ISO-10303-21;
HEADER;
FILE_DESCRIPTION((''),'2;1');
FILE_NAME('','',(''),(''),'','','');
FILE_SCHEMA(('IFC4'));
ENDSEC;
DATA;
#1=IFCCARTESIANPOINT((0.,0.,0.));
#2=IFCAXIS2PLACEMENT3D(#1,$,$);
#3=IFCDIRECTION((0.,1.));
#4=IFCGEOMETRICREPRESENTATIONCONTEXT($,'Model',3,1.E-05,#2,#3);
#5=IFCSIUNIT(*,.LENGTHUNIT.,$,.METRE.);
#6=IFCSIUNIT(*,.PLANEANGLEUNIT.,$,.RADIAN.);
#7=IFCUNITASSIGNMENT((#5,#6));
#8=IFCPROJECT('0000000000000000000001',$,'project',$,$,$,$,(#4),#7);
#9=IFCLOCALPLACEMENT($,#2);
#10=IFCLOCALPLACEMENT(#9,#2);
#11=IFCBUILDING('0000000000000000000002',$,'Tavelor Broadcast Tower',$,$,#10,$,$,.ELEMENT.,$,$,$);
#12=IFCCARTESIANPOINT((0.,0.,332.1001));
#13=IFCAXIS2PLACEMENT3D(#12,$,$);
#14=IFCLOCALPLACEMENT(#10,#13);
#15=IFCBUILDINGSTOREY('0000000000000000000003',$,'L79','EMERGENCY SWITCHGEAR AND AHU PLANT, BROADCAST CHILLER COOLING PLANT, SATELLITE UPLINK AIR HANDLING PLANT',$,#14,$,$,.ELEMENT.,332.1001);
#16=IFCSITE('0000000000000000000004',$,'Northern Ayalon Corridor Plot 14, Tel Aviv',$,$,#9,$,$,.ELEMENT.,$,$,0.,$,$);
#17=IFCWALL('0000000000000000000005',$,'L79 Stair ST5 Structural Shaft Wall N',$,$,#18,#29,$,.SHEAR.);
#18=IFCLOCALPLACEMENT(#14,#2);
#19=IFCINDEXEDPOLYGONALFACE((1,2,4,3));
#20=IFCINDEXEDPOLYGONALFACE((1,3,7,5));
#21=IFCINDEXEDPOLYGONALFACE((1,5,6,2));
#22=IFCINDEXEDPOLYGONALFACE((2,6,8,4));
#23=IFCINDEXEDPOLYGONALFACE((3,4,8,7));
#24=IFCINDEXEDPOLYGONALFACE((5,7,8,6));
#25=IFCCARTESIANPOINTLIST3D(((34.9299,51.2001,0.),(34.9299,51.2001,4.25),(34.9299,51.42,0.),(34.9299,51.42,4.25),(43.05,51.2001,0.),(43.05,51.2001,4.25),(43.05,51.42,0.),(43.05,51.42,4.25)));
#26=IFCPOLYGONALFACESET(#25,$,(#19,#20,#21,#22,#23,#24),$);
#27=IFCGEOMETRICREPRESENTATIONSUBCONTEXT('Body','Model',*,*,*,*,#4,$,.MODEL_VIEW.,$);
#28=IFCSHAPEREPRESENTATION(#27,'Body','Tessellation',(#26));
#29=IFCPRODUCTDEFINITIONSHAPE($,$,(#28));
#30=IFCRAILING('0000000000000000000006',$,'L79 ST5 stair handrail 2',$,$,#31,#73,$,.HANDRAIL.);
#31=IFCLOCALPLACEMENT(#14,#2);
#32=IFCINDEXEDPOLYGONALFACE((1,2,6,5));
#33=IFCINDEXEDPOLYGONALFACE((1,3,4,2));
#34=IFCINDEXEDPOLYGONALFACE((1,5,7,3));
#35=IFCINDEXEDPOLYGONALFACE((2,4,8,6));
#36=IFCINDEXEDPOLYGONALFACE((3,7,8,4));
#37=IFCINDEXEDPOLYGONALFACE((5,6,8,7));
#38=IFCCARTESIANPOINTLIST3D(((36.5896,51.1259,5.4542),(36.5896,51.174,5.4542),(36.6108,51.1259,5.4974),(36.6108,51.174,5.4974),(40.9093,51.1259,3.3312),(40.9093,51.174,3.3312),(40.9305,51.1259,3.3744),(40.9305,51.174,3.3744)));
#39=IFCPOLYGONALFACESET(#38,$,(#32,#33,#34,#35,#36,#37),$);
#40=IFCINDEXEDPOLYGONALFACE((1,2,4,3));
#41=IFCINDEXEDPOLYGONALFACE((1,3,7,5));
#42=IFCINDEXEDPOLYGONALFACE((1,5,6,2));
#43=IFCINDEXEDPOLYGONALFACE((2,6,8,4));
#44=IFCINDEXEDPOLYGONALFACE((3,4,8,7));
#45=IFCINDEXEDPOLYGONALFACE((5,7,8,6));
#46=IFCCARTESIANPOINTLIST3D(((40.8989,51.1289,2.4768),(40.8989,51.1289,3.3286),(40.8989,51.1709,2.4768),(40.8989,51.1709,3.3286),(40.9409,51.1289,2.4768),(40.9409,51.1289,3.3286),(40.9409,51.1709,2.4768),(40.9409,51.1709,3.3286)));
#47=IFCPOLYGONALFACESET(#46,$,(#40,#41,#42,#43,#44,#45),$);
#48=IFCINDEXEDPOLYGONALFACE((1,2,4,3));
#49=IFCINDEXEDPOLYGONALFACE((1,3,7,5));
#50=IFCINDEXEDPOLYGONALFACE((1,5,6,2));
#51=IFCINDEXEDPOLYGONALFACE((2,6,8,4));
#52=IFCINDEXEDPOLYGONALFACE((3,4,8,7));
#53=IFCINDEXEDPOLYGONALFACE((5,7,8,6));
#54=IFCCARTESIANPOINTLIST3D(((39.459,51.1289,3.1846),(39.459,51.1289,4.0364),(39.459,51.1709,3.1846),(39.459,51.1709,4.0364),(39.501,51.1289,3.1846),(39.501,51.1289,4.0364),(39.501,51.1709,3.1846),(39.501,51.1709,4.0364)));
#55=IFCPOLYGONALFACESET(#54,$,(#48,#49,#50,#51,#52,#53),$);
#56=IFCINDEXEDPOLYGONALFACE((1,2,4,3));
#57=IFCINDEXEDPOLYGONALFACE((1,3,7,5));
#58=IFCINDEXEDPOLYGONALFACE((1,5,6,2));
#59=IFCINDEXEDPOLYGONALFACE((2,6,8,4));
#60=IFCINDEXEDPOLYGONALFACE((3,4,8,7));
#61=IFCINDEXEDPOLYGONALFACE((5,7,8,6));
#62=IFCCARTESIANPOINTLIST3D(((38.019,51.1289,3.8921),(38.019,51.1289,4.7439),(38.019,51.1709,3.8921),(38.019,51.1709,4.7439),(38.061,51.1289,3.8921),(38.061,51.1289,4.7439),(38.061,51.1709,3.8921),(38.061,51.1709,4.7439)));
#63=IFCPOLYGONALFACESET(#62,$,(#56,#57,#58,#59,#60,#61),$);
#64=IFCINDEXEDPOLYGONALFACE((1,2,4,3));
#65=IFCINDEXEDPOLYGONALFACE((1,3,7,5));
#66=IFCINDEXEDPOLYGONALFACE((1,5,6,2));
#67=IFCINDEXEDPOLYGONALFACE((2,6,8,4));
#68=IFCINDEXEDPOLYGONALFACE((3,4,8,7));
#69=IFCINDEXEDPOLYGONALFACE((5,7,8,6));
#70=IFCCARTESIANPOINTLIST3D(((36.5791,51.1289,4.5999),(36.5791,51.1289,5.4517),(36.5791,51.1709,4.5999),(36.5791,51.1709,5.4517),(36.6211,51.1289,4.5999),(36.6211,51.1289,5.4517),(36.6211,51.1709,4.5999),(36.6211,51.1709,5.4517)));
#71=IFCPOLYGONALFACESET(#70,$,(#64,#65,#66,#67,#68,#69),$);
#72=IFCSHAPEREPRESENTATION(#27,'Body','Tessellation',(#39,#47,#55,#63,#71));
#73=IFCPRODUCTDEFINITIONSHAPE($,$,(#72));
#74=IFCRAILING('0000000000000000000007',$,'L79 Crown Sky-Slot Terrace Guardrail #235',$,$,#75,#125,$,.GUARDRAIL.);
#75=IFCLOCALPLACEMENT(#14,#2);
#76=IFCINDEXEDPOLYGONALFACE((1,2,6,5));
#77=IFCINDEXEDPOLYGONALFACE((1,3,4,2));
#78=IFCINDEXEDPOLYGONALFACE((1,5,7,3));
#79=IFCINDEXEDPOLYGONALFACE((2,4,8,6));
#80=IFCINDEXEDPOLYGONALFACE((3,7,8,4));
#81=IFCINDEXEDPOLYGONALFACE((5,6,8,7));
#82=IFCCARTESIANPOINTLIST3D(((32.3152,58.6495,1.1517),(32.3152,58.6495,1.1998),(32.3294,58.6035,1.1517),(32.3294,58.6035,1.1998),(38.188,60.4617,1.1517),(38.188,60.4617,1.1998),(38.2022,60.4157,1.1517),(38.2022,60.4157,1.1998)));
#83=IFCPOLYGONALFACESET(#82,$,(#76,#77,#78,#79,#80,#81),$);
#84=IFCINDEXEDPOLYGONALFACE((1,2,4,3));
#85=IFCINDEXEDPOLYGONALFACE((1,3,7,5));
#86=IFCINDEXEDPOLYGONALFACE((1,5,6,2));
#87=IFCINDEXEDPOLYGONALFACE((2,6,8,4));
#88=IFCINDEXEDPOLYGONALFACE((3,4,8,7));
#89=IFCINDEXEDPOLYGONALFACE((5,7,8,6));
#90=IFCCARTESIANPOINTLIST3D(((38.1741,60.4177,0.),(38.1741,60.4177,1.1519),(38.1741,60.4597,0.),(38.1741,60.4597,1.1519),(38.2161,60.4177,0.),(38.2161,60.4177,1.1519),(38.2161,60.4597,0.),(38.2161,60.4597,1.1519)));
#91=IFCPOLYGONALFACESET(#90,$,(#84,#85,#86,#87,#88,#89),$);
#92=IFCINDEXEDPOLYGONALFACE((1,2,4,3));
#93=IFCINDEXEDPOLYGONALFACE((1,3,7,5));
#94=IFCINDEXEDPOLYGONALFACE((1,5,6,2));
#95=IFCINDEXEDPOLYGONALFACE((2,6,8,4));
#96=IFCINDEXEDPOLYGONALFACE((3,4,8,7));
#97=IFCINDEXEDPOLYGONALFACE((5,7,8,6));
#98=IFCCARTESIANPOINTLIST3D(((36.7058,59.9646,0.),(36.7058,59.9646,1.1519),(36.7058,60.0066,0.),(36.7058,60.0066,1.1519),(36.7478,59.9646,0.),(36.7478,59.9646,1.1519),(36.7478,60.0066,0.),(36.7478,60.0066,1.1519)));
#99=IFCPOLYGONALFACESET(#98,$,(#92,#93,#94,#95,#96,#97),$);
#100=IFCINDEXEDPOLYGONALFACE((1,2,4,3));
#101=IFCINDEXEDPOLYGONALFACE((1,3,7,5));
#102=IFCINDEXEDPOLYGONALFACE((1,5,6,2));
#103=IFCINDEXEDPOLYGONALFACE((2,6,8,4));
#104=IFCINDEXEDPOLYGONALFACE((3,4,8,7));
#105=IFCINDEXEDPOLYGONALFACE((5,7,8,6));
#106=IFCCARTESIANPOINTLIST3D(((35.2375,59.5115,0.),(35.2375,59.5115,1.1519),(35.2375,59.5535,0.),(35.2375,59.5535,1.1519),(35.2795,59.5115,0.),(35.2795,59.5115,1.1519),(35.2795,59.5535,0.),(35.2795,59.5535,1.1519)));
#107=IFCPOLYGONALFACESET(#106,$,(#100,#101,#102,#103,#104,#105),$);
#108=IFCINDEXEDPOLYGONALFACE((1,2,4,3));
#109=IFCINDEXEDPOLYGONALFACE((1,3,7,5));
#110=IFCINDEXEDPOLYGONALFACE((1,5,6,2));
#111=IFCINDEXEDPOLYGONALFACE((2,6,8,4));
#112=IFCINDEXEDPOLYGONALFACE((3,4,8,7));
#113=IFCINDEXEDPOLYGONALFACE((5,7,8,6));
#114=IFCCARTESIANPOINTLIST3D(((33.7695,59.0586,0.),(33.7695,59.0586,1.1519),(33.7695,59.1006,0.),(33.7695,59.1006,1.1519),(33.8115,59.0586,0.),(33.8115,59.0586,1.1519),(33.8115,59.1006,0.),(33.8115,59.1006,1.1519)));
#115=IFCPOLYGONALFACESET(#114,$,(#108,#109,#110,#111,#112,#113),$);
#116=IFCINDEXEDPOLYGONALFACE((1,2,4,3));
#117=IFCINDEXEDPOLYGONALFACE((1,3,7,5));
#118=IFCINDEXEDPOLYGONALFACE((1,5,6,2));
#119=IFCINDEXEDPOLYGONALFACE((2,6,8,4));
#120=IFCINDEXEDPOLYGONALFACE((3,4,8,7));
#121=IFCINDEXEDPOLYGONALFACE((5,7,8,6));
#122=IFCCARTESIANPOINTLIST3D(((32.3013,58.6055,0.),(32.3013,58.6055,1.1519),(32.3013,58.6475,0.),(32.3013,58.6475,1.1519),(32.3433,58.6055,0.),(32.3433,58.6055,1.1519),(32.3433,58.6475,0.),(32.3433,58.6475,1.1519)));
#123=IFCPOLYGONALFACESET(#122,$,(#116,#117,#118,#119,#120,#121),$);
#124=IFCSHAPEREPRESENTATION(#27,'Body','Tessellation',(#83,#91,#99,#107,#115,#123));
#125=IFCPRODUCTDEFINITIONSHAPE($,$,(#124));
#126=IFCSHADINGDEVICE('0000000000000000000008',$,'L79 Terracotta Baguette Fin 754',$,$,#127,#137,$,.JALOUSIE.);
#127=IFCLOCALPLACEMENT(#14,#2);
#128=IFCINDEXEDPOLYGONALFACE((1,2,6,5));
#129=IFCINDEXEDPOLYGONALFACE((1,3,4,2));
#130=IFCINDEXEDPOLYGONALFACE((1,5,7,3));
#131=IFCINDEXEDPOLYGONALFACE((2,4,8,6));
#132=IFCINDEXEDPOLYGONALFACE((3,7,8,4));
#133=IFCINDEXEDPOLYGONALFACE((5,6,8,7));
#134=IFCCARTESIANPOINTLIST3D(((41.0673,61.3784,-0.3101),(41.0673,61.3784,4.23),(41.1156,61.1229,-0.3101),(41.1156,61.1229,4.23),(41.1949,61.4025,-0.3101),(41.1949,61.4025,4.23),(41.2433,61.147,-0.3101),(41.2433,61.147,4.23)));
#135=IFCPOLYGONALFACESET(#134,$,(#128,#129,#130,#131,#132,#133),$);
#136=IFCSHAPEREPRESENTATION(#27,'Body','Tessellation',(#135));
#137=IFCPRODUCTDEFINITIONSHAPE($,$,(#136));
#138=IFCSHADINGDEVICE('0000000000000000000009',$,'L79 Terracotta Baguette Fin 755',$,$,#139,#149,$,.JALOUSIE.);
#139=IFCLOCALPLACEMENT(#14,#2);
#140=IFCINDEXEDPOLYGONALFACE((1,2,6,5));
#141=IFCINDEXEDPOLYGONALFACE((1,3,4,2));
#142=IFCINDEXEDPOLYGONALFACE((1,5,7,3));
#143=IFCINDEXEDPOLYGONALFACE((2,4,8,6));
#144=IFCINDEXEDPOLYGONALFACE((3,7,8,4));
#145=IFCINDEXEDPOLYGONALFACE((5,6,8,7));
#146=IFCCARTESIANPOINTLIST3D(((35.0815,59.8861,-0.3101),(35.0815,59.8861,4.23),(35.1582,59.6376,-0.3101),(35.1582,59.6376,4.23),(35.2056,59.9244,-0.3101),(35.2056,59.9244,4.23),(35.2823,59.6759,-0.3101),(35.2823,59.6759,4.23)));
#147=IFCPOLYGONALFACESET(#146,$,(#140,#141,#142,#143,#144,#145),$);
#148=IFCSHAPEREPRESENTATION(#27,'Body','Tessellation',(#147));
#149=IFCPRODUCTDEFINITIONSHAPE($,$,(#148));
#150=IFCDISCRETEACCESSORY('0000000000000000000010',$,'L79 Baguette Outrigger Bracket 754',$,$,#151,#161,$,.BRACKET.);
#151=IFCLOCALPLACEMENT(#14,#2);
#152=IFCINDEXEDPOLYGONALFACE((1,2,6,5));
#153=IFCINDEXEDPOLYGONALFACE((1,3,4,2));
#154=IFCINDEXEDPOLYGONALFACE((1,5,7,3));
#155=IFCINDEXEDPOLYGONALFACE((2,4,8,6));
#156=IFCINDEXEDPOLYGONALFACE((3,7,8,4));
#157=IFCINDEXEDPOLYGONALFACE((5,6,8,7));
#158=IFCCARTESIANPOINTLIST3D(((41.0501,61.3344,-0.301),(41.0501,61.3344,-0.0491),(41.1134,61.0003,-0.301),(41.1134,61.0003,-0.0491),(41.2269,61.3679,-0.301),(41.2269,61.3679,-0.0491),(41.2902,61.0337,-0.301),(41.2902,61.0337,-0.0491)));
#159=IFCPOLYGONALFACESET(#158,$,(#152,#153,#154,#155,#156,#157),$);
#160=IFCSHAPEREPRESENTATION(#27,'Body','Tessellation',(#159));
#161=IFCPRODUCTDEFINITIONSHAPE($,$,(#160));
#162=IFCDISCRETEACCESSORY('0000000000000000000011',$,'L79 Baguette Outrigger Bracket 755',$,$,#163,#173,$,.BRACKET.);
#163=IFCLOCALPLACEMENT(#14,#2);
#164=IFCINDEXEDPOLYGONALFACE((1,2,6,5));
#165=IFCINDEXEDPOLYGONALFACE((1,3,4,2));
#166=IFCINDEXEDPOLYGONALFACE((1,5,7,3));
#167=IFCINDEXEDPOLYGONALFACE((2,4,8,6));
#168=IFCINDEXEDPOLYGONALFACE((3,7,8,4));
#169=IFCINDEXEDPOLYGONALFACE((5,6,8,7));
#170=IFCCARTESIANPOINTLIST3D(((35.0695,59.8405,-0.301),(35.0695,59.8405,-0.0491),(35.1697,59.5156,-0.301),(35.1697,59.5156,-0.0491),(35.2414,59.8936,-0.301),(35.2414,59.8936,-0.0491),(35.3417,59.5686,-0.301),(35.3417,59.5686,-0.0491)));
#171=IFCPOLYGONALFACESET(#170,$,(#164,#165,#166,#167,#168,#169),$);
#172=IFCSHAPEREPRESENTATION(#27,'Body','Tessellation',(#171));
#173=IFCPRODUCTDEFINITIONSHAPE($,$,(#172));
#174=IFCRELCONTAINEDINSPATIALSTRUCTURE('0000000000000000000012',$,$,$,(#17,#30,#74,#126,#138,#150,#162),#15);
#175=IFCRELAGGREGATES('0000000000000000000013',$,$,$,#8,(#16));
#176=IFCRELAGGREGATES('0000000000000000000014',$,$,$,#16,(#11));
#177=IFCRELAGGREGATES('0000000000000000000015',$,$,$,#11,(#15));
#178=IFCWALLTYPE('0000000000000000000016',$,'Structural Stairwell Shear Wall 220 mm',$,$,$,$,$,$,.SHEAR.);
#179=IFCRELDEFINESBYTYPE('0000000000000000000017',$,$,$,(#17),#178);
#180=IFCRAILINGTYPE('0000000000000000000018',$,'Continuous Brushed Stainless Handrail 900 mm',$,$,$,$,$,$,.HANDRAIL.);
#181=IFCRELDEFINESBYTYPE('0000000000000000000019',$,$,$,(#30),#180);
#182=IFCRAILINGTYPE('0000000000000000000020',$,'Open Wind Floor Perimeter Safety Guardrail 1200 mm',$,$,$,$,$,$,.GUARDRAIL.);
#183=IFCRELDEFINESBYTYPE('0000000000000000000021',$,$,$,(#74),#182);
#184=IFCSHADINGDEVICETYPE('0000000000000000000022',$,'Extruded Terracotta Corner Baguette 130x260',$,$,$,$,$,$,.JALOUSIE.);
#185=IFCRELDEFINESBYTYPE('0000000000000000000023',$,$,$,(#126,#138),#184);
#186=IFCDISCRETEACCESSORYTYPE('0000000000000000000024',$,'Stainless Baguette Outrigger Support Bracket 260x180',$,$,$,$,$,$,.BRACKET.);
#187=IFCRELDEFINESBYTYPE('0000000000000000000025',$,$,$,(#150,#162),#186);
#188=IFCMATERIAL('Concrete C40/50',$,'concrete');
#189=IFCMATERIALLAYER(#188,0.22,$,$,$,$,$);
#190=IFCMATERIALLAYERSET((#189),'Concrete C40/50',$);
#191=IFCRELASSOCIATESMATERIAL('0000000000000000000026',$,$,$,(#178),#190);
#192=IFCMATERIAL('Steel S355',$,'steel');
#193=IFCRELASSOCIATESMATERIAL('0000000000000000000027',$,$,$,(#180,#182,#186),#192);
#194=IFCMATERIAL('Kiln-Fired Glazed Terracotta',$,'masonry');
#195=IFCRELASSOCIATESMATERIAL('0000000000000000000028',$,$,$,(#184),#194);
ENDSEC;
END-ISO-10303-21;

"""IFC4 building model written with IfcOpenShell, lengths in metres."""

from ifc_helpers import new_model, si_unit, direction, frame, frame_2d, origin, origin_2d, place, context, subcontext, project, spatial, rectangle, extrude, source, transform, mapped, material, layer, layer_set, type_object, type_shapes, element, save


model = new_model("IFC4")

# Units and contexts
model_context = context("Model", 3, precision=1e-05, world=origin(), true_north=direction((0.0, 1.0)))
body_context = subcontext(model_context, "Body", "Model", "MODEL_VIEW")
ifc_project = project(units=[si_unit("LENGTHUNIT", "METRE"), si_unit("PLANEANGLEUNIT", "RADIAN")], contexts=[model_context])

# Site, building, storey
site_placement = place(None, origin())
site = spatial("IfcSite", under=ifc_project, at=site_placement, Name="Northern Ayalon Corridor Plot 14, Tel Aviv", CompositionType="ELEMENT", RefElevation=0.0)
building_placement = place(site_placement, origin())
building = spatial("IfcBuilding", under=site, at=building_placement, Name="Tavelor Broadcast Tower", CompositionType="ELEMENT")
storey_placement = place(building_placement, frame((0.0, 0.0, 332.1001)))
storey = spatial("IfcBuildingStorey", under=building, at=storey_placement, Name="L79", Description="EMERGENCY SWITCHGEAR AND AHU PLANT, BROADCAST CHILLER COOLING PLANT, SATELLITE UPLINK AIR HANDLING PLANT", CompositionType="ELEMENT", Elevation=332.1001)

# Shared definitions
ifc_material_1 = material(Name="Steel S355", Category="steel")

# Wall
ifc_material_2 = material(Name="Concrete C40/50", Category="concrete")
ifc_layer_1 = layer(ifc_material_2, 0.22)
ifc_layer_set_1 = layer_set([ifc_layer_1], Name="Concrete C40/50")
wall_type = type_object("IfcWallType", Name="Structural Stairwell Shear Wall 220 mm", PredefinedType="SHEAR", material=ifc_layer_set_1)
wall_placement = place(storey_placement, frame((34.9299, 51.3101, 0.0), z_axis=(0.0, 0.0, 1.0), x_axis=(1.0, 0.0, 0.0)))
element("IfcWall", 1, at=wall_placement, inside=storey, type_object=wall_type, Name="L79 Stair ST5 Structural Shaft Wall N", PredefinedType="SHEAR", context=body_context, shape_type="SweptSolid", body=[
    extrude(rectangle(XDim=8.1201, YDim=0.22, at=frame_2d((4.0601, 0.0))), origin(), (0.0, 0.0, 1.0), 4.25),
])

# Railings
railing_type_1 = type_object("IfcRailingType", Name="Continuous Brushed Stainless Handrail 900 mm", PredefinedType="HANDRAIL", material=ifc_material_1)
railing_1_placement = place(storey_placement, frame((40.9199, 51.1499, 2.4768)))
element("IfcRailing", 2, at=railing_1_placement, inside=storey, type_object=railing_type_1, Name="L79 ST5 stair handrail 2", PredefinedType="HANDRAIL", context=body_context, shape_type="SweptSolid", body=[
    extrude(rectangle(XDim=0.0481, YDim=0.0481, at=origin_2d()), frame((0.0, 0.0, 0.876), z_axis=(-0.89747, 0.0, 0.441076), x_axis=(0.0, -1.0, 0.0)), (0.0, 0.0, 1.0), 4.8132),
    extrude(rectangle(XDim=0.042, YDim=0.042, at=origin_2d()), origin(), (0.0, 0.0, 1.0), 0.8518),
    extrude(rectangle(XDim=0.042, YDim=0.042, at=origin_2d()), frame((-1.4399, 0.0, 0.7078)), (0.0, 0.0, 1.0), 0.8518),
    extrude(rectangle(XDim=0.042, YDim=0.042, at=origin_2d()), frame((-2.8799, 0.0, 1.4153)), (0.0, 0.0, 1.0), 0.8518),
    extrude(rectangle(XDim=0.042, YDim=0.042, at=origin_2d()), frame((-4.3198, 0.0, 2.123)), (0.0, 0.0, 1.0), 0.8518),
])
railing_type_2 = type_object("IfcRailingType", Name="Open Wind Floor Perimeter Safety Guardrail 1200 mm", PredefinedType="GUARDRAIL", material=ifc_material_1)
railing_2_placement = place(storey_placement, frame((38.1951, 60.4387, 0.0)))
element("IfcRailing", 3, at=railing_2_placement, inside=storey, type_object=railing_type_2, Name="L79 Crown Sky-Slot Terrace Guardrail #235", PredefinedType="GUARDRAIL", context=body_context, shape_type="SweptSolid", body=[
    extrude(rectangle(XDim=0.0481, YDim=0.0481, at=origin_2d()), frame((0.0, 0.0, 1.1758), z_axis=(-0.955539, -0.294865, 0.0), x_axis=(0.294865, -0.955539, 0.0)), (0.0, 0.0, 1.0), 6.146),
    extrude(rectangle(XDim=0.042, YDim=0.042, at=origin_2d()), origin(), (0.0, 0.0, 1.0), 1.1519),
    extrude(rectangle(XDim=0.042, YDim=0.042, at=origin_2d()), frame((-1.4683, -0.4531, 0.0)), (0.0, 0.0, 1.0), 1.1519),
    extrude(rectangle(XDim=0.042, YDim=0.042, at=origin_2d()), frame((-2.9365, -0.9062, 0.0)), (0.0, 0.0, 1.0), 1.1519),
    extrude(rectangle(XDim=0.042, YDim=0.042, at=origin_2d()), frame((-4.4045, -1.3591, 0.0)), (0.0, 0.0, 1.0), 1.1519),
    extrude(rectangle(XDim=0.042, YDim=0.042, at=origin_2d()), frame((-5.8728, -1.8123, 0.0)), (0.0, 0.0, 1.0), 1.1519),
])

# Shading devices
ifc_material_3 = material(Name="Kiln-Fired Glazed Terracotta", Category="masonry")
shading_device_type = type_object("IfcShadingDeviceType", Name="Extruded Terracotta Corner Baguette 130x260", PredefinedType="JALOUSIE", material=ifc_material_3)
shared_shape_1 = source(origin(), body_context, "Body", "SweptSolid", [
    extrude(rectangle(XDim=0.1299, YDim=0.26, at=origin_2d()), origin(), (0.0, 0.0, 1.0), 4.54),
])
type_shapes(shading_device_type, [shared_shape_1])
for number, where, z_axis, x_axis, name in (
    (4, (41.1553, 61.2627, -0.3101), (0.0, 0.0, 1.0), (-0.982548, -0.18601, 0.0), "L79 Terracotta Baguette Fin 754"),
    (5, (35.1819, 59.781, -0.3101), (0.0, 0.0, 1.0), (-0.955536, -0.294874, 0.0), "L79 Terracotta Baguette Fin 755"),
):
    element("IfcShadingDevice", number, at=place(storey_placement, frame(where, z_axis=z_axis, x_axis=x_axis)), inside=storey, type_object=shading_device_type, Name=name, PredefinedType="JALOUSIE", context=body_context, shape_type="MappedRepresentation", body=[
        mapped(shared_shape_1, transform((0.0, 0.0, 0.0), scale=1.0)),
    ])

# Discrete accessories
discrete_accessory_type = type_object("IfcDiscreteAccessoryType", Name="Stainless Baguette Outrigger Support Bracket 260x180", PredefinedType="BRACKET", material=ifc_material_1)
shared_shape_2 = source(origin(), body_context, "Body", "SweptSolid", [
    extrude(rectangle(XDim=0.1799, YDim=0.3401, at=origin_2d()), origin(), (0.0, 0.0, 1.0), 0.252),
])
type_shapes(discrete_accessory_type, [shared_shape_2])
for number, where, z_axis, x_axis, name in (
    (6, (41.1702, 61.1841, -0.301), (0.0, 0.0, 1.0), (-0.982548, -0.18601, 0.0), "L79 Baguette Outrigger Bracket 754"),
    (7, (35.2056, 59.7046, -0.301), (0.0, 0.0, 1.0), (-0.955536, -0.294874, 0.0), "L79 Baguette Outrigger Bracket 755"),
):
    element("IfcDiscreteAccessory", number, at=place(storey_placement, frame(where, z_axis=z_axis, x_axis=x_axis)), inside=storey, type_object=discrete_accessory_type, Name=name, PredefinedType="BRACKET", context=body_context, shape_type="MappedRepresentation", body=[
        mapped(shared_shape_2, transform((0.0, 0.0, 0.0), scale=1.0)),
    ])

save(model, "model.ifc")
